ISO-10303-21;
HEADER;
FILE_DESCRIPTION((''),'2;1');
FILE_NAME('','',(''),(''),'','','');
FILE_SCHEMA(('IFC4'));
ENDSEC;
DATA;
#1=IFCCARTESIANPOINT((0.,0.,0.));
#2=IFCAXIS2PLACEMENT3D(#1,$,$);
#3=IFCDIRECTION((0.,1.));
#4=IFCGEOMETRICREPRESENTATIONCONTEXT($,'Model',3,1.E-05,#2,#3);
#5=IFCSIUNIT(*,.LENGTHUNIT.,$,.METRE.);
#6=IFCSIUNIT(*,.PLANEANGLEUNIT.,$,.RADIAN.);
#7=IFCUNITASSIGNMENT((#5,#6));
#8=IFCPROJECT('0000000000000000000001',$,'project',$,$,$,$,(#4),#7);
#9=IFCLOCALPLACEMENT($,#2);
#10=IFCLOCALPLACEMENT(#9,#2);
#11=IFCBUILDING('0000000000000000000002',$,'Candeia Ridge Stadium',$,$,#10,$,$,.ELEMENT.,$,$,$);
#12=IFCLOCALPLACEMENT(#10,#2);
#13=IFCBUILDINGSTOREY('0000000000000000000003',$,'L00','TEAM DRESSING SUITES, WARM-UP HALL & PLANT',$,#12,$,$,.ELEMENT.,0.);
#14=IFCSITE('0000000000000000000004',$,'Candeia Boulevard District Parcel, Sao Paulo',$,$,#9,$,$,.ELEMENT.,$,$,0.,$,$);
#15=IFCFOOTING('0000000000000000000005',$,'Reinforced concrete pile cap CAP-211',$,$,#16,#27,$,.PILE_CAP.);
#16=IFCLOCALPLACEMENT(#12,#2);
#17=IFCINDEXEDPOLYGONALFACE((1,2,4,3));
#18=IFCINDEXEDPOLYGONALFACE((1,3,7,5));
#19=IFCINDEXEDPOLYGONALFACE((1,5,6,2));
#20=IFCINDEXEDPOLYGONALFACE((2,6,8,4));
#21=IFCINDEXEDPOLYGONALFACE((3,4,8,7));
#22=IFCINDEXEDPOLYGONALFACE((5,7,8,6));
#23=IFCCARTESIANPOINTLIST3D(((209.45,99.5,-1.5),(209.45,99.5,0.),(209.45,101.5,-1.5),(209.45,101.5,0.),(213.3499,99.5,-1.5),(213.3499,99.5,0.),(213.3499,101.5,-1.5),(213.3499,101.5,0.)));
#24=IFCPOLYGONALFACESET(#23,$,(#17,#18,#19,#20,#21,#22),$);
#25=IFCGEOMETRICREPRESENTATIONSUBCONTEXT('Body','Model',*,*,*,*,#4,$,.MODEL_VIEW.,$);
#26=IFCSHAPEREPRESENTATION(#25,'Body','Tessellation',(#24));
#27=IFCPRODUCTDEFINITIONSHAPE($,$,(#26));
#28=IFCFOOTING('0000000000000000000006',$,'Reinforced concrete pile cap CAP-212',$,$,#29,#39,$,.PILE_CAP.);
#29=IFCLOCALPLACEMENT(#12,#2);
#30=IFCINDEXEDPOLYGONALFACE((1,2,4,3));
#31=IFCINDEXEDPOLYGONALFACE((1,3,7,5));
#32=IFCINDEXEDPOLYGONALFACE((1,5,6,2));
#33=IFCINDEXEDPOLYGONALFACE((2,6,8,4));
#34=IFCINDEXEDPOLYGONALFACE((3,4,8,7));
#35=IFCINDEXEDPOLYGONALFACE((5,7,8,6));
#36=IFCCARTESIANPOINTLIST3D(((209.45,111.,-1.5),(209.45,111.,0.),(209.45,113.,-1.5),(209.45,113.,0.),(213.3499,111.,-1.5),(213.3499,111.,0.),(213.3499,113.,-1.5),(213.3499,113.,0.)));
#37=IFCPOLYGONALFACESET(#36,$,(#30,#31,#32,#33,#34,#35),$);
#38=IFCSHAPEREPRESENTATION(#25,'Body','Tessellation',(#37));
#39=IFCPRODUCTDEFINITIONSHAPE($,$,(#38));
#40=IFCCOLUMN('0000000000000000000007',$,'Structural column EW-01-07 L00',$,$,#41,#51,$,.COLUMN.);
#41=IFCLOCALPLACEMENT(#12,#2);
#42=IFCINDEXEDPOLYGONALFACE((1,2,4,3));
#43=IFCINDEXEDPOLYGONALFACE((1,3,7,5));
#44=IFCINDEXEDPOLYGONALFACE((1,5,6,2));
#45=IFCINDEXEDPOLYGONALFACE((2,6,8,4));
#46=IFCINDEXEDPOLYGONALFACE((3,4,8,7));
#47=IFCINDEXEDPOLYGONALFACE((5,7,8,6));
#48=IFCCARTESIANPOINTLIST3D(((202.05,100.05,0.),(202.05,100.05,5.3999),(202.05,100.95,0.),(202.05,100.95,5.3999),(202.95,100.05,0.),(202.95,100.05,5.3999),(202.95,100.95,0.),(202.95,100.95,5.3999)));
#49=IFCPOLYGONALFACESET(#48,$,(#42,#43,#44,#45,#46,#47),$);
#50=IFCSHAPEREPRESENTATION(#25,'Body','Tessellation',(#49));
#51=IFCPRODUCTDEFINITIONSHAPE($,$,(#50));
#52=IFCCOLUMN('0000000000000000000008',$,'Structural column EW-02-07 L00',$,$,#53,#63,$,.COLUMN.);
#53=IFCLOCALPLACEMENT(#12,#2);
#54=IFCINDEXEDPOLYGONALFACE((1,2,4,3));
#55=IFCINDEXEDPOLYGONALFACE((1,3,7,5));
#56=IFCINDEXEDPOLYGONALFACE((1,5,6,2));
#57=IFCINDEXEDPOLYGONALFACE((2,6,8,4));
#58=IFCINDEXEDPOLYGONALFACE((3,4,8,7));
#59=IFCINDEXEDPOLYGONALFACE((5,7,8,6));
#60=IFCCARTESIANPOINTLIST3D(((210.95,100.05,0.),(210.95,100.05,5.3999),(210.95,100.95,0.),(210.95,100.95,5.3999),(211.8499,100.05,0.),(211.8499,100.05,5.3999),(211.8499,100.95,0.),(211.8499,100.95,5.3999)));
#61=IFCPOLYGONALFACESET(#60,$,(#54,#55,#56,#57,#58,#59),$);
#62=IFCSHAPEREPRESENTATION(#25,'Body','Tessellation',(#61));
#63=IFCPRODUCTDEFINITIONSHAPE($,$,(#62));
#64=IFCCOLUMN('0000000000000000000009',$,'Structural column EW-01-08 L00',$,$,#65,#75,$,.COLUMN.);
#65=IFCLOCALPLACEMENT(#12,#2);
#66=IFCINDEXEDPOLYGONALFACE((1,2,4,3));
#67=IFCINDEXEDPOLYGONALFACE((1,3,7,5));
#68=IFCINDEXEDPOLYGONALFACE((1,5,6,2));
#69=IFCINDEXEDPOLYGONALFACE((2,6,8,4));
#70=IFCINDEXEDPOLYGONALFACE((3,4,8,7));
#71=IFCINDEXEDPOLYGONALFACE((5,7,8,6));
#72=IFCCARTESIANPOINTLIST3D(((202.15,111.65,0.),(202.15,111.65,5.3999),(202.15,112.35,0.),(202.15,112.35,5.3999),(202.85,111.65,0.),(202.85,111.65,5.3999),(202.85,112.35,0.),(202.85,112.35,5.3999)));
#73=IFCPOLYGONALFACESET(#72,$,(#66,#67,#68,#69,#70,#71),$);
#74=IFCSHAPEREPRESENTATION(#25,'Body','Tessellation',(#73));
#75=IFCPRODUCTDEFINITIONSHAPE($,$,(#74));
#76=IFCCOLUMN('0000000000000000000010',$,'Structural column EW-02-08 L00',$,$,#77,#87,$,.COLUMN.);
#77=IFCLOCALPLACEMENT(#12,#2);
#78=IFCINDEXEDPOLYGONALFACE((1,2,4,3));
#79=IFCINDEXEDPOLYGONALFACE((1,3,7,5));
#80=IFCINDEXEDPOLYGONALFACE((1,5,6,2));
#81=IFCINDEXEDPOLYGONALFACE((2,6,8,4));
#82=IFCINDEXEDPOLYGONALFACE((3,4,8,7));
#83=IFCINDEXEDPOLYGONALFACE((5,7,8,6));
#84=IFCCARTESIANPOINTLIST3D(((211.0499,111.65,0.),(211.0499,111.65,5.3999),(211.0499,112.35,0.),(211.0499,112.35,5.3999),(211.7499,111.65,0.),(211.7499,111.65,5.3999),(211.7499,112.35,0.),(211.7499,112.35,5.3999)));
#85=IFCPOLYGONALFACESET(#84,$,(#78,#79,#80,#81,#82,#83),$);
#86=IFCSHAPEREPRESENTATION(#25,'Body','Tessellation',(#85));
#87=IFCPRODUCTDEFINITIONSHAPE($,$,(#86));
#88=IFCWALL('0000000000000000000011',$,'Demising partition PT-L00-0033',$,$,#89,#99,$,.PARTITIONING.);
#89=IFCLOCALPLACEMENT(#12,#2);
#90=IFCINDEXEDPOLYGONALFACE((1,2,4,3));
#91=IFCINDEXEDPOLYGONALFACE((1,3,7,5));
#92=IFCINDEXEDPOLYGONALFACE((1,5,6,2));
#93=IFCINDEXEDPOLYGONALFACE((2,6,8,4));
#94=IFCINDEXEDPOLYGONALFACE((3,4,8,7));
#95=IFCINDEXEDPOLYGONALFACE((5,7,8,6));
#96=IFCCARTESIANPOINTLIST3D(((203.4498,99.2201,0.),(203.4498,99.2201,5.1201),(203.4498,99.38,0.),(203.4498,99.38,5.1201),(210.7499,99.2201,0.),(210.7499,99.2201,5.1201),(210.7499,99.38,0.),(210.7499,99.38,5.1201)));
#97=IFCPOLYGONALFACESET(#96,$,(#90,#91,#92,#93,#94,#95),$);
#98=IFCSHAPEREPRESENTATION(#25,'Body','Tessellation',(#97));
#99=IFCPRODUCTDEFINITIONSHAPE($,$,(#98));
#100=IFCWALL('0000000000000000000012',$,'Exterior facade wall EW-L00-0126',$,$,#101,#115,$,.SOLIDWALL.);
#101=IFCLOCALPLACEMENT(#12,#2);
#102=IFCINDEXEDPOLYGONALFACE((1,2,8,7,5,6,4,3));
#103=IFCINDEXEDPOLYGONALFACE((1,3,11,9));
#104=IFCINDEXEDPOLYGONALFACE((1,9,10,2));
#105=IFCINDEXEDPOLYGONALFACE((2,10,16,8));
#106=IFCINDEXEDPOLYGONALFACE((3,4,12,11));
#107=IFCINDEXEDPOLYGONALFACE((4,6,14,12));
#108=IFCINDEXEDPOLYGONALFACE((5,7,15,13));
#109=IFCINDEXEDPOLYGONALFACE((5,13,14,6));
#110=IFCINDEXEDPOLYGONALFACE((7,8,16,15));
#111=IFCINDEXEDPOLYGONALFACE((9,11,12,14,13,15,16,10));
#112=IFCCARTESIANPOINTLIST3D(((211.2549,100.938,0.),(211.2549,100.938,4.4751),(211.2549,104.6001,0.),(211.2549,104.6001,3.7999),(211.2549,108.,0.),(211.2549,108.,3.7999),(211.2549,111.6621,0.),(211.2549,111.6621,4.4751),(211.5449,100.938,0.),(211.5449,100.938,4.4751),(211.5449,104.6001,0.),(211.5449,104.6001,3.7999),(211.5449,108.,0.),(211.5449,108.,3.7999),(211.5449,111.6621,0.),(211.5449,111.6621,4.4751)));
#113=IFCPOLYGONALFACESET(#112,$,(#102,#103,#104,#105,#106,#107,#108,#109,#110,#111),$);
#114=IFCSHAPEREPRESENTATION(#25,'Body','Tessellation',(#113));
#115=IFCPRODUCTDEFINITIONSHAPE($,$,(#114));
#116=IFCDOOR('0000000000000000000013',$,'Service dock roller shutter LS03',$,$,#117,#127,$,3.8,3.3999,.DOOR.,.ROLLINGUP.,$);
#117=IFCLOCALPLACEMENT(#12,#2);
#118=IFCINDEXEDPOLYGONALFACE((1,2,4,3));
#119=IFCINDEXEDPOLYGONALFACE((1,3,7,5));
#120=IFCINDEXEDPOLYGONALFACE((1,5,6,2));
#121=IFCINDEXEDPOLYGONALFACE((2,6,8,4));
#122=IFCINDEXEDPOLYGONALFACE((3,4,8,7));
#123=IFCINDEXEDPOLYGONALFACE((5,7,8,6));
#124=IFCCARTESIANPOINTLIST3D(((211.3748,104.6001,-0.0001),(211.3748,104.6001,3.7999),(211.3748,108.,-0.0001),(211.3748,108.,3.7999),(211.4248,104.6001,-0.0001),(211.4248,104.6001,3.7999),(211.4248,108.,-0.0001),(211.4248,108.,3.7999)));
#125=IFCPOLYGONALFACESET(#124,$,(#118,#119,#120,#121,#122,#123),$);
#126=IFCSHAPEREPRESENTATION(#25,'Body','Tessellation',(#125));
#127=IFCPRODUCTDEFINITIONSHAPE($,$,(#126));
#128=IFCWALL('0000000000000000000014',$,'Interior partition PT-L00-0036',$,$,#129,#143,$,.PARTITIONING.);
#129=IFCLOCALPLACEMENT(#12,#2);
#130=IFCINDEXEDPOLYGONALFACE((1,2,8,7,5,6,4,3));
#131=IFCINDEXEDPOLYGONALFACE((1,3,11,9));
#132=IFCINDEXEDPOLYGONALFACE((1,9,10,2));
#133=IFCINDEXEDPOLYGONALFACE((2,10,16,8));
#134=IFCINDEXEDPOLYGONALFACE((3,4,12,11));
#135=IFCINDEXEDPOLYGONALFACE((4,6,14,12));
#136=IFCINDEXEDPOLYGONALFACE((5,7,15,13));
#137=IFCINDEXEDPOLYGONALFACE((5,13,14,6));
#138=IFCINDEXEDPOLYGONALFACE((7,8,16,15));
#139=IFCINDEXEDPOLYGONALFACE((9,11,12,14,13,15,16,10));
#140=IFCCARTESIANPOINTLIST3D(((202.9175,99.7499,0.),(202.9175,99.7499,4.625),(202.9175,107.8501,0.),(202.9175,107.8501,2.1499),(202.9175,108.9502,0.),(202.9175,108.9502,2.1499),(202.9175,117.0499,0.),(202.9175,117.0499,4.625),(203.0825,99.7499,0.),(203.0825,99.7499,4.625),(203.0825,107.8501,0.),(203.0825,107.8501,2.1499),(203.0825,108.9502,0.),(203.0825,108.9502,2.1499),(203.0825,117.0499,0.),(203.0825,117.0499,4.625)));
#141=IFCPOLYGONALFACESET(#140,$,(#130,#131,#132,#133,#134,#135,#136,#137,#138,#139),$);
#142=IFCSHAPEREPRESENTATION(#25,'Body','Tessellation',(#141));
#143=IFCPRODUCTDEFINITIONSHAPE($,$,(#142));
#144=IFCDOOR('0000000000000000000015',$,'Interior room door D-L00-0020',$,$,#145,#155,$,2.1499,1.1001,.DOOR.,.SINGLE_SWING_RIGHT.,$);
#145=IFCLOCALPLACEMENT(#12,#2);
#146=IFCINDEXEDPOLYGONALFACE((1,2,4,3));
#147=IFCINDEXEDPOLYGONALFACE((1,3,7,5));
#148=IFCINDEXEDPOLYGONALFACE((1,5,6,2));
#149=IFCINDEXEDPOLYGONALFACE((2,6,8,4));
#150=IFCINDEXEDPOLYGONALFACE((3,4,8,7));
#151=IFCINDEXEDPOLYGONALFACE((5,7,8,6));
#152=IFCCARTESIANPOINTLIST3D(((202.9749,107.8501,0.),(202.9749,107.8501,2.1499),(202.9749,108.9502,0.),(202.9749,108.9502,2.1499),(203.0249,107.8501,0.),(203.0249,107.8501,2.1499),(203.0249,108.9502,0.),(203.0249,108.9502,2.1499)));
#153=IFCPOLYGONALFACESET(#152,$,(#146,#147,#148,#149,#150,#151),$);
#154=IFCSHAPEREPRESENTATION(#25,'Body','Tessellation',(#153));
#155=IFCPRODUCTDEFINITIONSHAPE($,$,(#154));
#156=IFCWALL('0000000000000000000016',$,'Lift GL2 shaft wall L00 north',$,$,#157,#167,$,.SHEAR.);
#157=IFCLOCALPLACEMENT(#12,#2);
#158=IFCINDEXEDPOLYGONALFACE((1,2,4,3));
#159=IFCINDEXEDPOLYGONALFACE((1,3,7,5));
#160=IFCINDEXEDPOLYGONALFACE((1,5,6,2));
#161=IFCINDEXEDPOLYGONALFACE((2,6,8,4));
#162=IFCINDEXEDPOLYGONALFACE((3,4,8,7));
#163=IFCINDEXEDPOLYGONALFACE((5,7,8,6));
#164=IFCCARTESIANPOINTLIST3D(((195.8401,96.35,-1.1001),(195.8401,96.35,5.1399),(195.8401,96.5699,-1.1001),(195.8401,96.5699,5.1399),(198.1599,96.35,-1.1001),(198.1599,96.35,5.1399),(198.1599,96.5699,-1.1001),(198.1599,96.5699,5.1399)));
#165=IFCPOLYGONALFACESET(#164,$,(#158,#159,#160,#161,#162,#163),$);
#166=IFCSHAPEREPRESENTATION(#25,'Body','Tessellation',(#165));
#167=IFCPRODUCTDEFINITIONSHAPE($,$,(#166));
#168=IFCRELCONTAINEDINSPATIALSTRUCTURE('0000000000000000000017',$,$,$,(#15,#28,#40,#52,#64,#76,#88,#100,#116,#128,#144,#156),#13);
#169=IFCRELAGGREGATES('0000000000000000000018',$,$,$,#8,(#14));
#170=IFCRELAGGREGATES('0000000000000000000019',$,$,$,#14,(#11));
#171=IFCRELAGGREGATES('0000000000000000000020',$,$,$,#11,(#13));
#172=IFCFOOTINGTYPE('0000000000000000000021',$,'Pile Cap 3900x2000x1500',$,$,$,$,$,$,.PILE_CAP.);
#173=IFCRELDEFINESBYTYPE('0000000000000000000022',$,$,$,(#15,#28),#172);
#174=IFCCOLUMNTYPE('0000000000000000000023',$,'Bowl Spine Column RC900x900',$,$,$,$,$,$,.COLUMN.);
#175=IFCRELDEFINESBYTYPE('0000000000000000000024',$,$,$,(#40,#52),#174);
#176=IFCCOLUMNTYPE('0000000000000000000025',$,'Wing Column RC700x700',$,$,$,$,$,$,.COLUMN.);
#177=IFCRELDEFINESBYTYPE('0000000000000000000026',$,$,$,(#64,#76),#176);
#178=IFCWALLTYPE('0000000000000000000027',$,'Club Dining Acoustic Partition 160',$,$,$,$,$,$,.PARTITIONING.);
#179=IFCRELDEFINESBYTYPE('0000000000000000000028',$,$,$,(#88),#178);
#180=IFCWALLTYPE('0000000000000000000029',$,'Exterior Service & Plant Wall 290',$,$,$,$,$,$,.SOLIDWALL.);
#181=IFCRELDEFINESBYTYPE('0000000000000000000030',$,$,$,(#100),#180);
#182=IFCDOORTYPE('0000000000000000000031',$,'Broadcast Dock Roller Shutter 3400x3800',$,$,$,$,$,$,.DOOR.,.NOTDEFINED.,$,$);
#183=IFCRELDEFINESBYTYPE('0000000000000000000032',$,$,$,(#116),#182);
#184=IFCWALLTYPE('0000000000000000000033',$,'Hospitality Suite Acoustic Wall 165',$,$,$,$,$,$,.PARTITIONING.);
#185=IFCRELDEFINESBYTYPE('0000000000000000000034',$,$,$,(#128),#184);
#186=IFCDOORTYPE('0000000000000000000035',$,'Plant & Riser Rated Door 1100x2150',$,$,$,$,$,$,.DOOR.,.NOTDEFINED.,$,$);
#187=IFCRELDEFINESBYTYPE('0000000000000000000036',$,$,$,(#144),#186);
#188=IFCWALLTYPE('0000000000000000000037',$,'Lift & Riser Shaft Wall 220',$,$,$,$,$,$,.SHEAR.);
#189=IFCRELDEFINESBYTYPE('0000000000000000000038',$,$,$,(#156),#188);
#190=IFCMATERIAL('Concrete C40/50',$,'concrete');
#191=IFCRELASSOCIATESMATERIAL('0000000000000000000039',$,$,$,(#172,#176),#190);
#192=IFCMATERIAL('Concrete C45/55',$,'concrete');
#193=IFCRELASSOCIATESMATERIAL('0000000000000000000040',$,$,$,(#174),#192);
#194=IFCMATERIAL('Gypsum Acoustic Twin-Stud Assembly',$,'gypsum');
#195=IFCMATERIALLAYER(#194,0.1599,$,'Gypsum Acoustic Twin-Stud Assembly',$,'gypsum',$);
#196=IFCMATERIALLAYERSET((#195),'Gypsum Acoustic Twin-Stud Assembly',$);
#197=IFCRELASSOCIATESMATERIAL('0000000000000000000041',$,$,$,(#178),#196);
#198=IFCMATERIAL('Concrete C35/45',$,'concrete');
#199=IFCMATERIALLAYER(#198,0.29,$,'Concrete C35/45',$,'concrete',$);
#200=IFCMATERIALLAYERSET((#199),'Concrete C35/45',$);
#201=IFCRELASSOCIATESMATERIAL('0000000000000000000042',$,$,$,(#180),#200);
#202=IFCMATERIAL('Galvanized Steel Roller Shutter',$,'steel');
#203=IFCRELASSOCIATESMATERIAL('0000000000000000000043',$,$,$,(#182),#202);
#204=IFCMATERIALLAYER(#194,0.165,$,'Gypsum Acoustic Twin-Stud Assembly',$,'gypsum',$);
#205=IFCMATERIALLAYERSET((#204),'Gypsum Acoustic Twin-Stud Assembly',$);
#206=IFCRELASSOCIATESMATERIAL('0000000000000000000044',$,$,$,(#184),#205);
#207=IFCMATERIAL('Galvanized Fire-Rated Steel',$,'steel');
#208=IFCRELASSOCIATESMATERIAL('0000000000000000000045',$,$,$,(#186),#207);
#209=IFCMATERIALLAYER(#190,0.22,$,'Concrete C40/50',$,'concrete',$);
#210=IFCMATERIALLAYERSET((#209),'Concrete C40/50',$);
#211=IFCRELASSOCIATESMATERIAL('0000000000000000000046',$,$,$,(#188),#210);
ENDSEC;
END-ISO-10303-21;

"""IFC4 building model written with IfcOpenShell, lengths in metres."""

from ifc_helpers import new_model, si_unit, direction, frame, frame_2d, origin, origin_2d, place, context, subcontext, project, spatial, rectangle, extrude, material, layer, layer_set, material_profile, profile_set, type_object, element, fill, save


model = new_model("IFC4")

# Units and contexts
model_context = context("Model", 3, precision=1e-05, world=origin(), true_north=direction((0.0, 1.0)))
body_context = subcontext(model_context, "Body", "Model", "MODEL_VIEW")
ifc_project = project(units=[si_unit("LENGTHUNIT", "METRE"), si_unit("PLANEANGLEUNIT", "RADIAN")], contexts=[model_context])

# Site, building, storey
site_placement = place(None, origin())
site = spatial("IfcSite", under=ifc_project, at=site_placement, Name="Candeia Boulevard District Parcel, Sao Paulo", CompositionType="ELEMENT", RefElevation=0.0)
building_placement = place(site_placement, origin())
building = spatial("IfcBuilding", under=site, at=building_placement, Name="Candeia Ridge Stadium", CompositionType="ELEMENT")
storey_placement = place(building_placement, origin())
storey = spatial("IfcBuildingStorey", under=building, at=storey_placement, Name="L00", Description="TEAM DRESSING SUITES, WARM-UP HALL & PLANT", CompositionType="ELEMENT", Elevation=0.0)

# Shared definitions
ifc_material_1 = material(Name="Concrete C40/50", Category="concrete")

# Footings
footing_type_1 = type_object("IfcFootingType", Name="Pile Cap 3900x2000x1500", PredefinedType="PILE_CAP", material=ifc_material_1)
for number, where, z_axis, x_axis, name in (
    (1, (211.3999, 100.5, -1.5), (0.0, 0.0, 1.0), (1.0, 0.0, 0.0), "Reinforced concrete pile cap CAP-211"),
    (2, (211.3999, 112.0, -1.5), (0.0, 0.0, 1.0), (1.0, 0.0, 0.0), "Reinforced concrete pile cap CAP-212"),
):
    element("IfcFooting", number, at=place(storey_placement, frame(where, z_axis=z_axis, x_axis=x_axis)), inside=storey, type_object=footing_type_1, Name=name, PredefinedType="PILE_CAP", context=body_context, shape_type="SweptSolid", body=[
        extrude(rectangle(XDim=3.8999, YDim=2.0, at=origin_2d()), origin(), (0.0, 0.0, 1.0), 1.5),
    ])

# Columns
ifc_material_2 = material(Name="Concrete C45/55", Category="concrete")
ifc_material_profile_1 = material_profile(ifc_material_2, rectangle(XDim=0.8999, YDim=0.8999, at=origin_2d()), Name="RC900x900", Category="concrete")
ifc_profile_set_1 = profile_set([ifc_material_profile_1], Name="Concrete C45/55")
column_type_1 = type_object("IfcColumnType", Name="Bowl Spine Column RC900x900", PredefinedType="COLUMN", material=ifc_profile_set_1)
for number, where, z_axis, x_axis, name in (
    (3, (202.5, 100.5, 0.0), (0.0, 0.0, 1.0), (1.0, 0.0, 0.0), "Structural column EW-01-07 L00"),
    (4, (211.3999, 100.5, 0.0), (0.0, 0.0, 1.0), (1.0, 0.0, 0.0), "Structural column EW-02-07 L00"),
):
    element("IfcColumn", number, at=place(storey_placement, frame(where, z_axis=z_axis, x_axis=x_axis)), inside=storey, type_object=column_type_1, Name=name, PredefinedType="COLUMN", context=body_context, shape_type="SweptSolid", body=[
        extrude(rectangle(XDim=0.8999, YDim=0.8999, at=origin_2d()), origin(), (0.0, 0.0, 1.0), 5.3999),
    ])
ifc_material_profile_2 = material_profile(ifc_material_1, rectangle(XDim=0.7, YDim=0.7, at=origin_2d()), Name="RC700x700", Category="concrete")
ifc_profile_set_2 = profile_set([ifc_material_profile_2], Name="Concrete C40/50")
column_type_2 = type_object("IfcColumnType", Name="Wing Column RC700x700", PredefinedType="COLUMN", material=ifc_profile_set_2)
for number, where, z_axis, x_axis, name in (
    (5, (202.5, 112.0, 0.0), (0.0, 0.0, 1.0), (1.0, 0.0, 0.0), "Structural column EW-01-08 L00"),
    (6, (211.3999, 112.0, 0.0), (0.0, 0.0, 1.0), (1.0, 0.0, 0.0), "Structural column EW-02-08 L00"),
):
    element("IfcColumn", number, at=place(storey_placement, frame(where, z_axis=z_axis, x_axis=x_axis)), inside=storey, type_object=column_type_2, Name=name, PredefinedType="COLUMN", context=body_context, shape_type="SweptSolid", body=[
        extrude(rectangle(XDim=0.7, YDim=0.7, at=origin_2d()), origin(), (0.0, 0.0, 1.0), 5.3999),
    ])

# Wall
ifc_material_3 = material(Name="Gypsum Acoustic Twin-Stud Assembly", Category="gypsum")
ifc_layer_1 = layer(ifc_material_3, 0.1599, Name="Gypsum Acoustic Twin-Stud Assembly", Category="gypsum")
ifc_layer_set_1 = layer_set([ifc_layer_1], Name="Gypsum Acoustic Twin-Stud Assembly")
wall_type_1 = type_object("IfcWallType", Name="Club Dining Acoustic Partition 160", PredefinedType="PARTITIONING", material=ifc_layer_set_1)
wall_1_placement = place(storey_placement, frame((203.45, 99.3, 0.0), z_axis=(0.0, 0.0, 1.0), x_axis=(1.0, 0.0, 0.0)))
element("IfcWall", 7, at=wall_1_placement, inside=storey, type_object=wall_type_1, Name="Demising partition PT-L00-0033", PredefinedType="PARTITIONING", context=body_context, shape_type="SweptSolid", body=[
    extrude(rectangle(XDim=7.3, YDim=0.1599, at=frame_2d((3.6499, 0.0))), origin(), (0.0, 0.0, 1.0), 5.1201),
])

# Walls, openings, doors
ifc_material_4 = material(Name="Concrete C35/45", Category="concrete")
ifc_layer_2 = layer(ifc_material_4, 0.29, Name="Concrete C35/45", Category="concrete")
ifc_layer_set_2 = layer_set([ifc_layer_2], Name="Concrete C35/45")
wall_type_2 = type_object("IfcWallType", Name="Exterior Service & Plant Wall 290", PredefinedType="SOLIDWALL", material=ifc_layer_set_2)
wall_2_placement = place(storey_placement, frame((211.3999, 100.938, 0.0), z_axis=(0.0, 0.0, 1.0), x_axis=(0.0, 1.0, 0.0)))
wall_2 = element("IfcWall", 8, at=wall_2_placement, inside=storey, type_object=wall_type_2, Name="Exterior facade wall EW-L00-0126", PredefinedType="SOLIDWALL", context=body_context, shape_type="SweptSolid", body=[
    extrude(rectangle(XDim=10.7241, YDim=0.29, at=frame_2d((5.3621, 0.0))), origin(), (0.0, 0.0, 1.0), 4.4751),
])
opening_1_placement = place(wall_2_placement, frame((3.6621, 0.0, 0.0)))
opening_1 = element("IfcOpeningElement", 9, at=opening_1_placement, cuts=wall_2, PredefinedType="OPENING", context=body_context, shape_type="SweptSolid", body=[
    extrude(rectangle(XDim=3.3999, YDim=3.8, at=frame_2d((1.7, 1.8999))), frame((0.0, 0.155, 0.0), z_axis=(0.0, -1.0, 0.0), x_axis=(1.0, 0.0, 0.0)), (0.0, 0.0, 1.0), 0.3101),
])
ifc_material_5 = material(Name="Galvanized Steel Roller Shutter", Category="steel")
door_type_1 = type_object("IfcDoorType", Name="Broadcast Dock Roller Shutter 3400x3800", OperationType="NOTDEFINED", PredefinedType="DOOR", material=ifc_material_5)
door_1_placement = place(opening_1_placement, frame((3.3999, 0.0, 0.0), z_axis=(0.0, 0.0, 1.0), x_axis=(-1.0, 0.0, 0.0)))
door_1 = element("IfcDoor", 10, at=door_1_placement, inside=storey, type_object=door_type_1, Name="Service dock roller shutter LS03", OperationType="ROLLINGUP", OverallHeight=3.8, OverallWidth=3.3999, PredefinedType="DOOR", context=body_context, shape_type="SweptSolid", body=[
    extrude(rectangle(XDim=3.3999, YDim=3.8, at=frame_2d((1.7, 1.8999))), frame((0.0, 0.0249, 0.0), z_axis=(0.0, -1.0, 0.0), x_axis=(1.0, 0.0, 0.0)), (0.0, 0.0, 1.0), 0.05),
])
fill(opening_1, door_1)
ifc_layer_3 = layer(ifc_material_3, 0.165, Name="Gypsum Acoustic Twin-Stud Assembly", Category="gypsum")
ifc_layer_set_3 = layer_set([ifc_layer_3], Name="Gypsum Acoustic Twin-Stud Assembly")
wall_type_3 = type_object("IfcWallType", Name="Hospitality Suite Acoustic Wall 165", PredefinedType="PARTITIONING", material=ifc_layer_set_3)
wall_3_placement = place(storey_placement, frame((203.0, 99.75, 0.0), z_axis=(0.0, 0.0, 1.0), x_axis=(0.0, 1.0, 0.0)))
wall_3 = element("IfcWall", 11, at=wall_3_placement, inside=storey, type_object=wall_type_3, Name="Interior partition PT-L00-0036", PredefinedType="PARTITIONING", context=body_context, shape_type="SweptSolid", body=[
    extrude(rectangle(XDim=17.3, YDim=0.165, at=frame_2d((8.6499, 0.0))), origin(), (0.0, 0.0, 1.0), 4.625),
])
opening_2_placement = place(wall_3_placement, frame((8.1001, 0.0, 0.0)))
opening_2 = element("IfcOpeningElement", 12, at=opening_2_placement, cuts=wall_3, PredefinedType="OPENING", context=body_context, shape_type="SweptSolid", body=[
    extrude(rectangle(XDim=1.1001, YDim=2.1499, at=frame_2d((0.55, 1.075))), frame((0.0, 0.0925, 0.0), z_axis=(0.0, -1.0, 0.0), x_axis=(1.0, 0.0, 0.0)), (0.0, 0.0, 1.0), 0.1851),
])
ifc_material_6 = material(Name="Galvanized Fire-Rated Steel", Category="steel")
door_type_2 = type_object("IfcDoorType", Name="Plant & Riser Rated Door 1100x2150", OperationType="NOTDEFINED", PredefinedType="DOOR", material=ifc_material_6)
door_2_placement = place(opening_2_placement, frame((1.1001, 0.0, 0.0), z_axis=(0.0, 0.0, 1.0), x_axis=(-1.0, 0.0, 0.0)))
door_2 = element("IfcDoor", 13, at=door_2_placement, inside=storey, type_object=door_type_2, Name="Interior room door D-L00-0020", OperationType="SINGLE_SWING_RIGHT", OverallHeight=2.1499, OverallWidth=1.1001, PredefinedType="DOOR", context=body_context, shape_type="SweptSolid", body=[
    extrude(rectangle(XDim=1.1001, YDim=2.1499, at=frame_2d((0.55, 1.075))), frame((0.0, 0.0249, 0.0), z_axis=(0.0, -1.0, 0.0), x_axis=(1.0, 0.0, 0.0)), (0.0, 0.0, 1.0), 0.05),
])
fill(opening_2, door_2)

# Wall
ifc_layer_4 = layer(ifc_material_1, 0.22, Name="Concrete C40/50", Category="concrete")
ifc_layer_set_4 = layer_set([ifc_layer_4], Name="Concrete C40/50")
wall_type_4 = type_object("IfcWallType", Name="Lift & Riser Shaft Wall 220", PredefinedType="SHEAR", material=ifc_layer_set_4)
wall_4_placement = place(storey_placement, frame((198.1599, 96.46, -1.1001), z_axis=(0.0, 0.0, 1.0), x_axis=(-1.0, 0.0, 0.0)))
element("IfcWall", 14, at=wall_4_placement, inside=storey, type_object=wall_type_4, Name="Lift GL2 shaft wall L00 north", PredefinedType="SHEAR", context=body_context, shape_type="SweptSolid", body=[
    extrude(rectangle(XDim=2.3198, YDim=0.22, at=frame_2d((1.1599, 0.0))), origin(), (0.0, 0.0, 1.0), 6.24),
])

save(model, "model.ifc")
